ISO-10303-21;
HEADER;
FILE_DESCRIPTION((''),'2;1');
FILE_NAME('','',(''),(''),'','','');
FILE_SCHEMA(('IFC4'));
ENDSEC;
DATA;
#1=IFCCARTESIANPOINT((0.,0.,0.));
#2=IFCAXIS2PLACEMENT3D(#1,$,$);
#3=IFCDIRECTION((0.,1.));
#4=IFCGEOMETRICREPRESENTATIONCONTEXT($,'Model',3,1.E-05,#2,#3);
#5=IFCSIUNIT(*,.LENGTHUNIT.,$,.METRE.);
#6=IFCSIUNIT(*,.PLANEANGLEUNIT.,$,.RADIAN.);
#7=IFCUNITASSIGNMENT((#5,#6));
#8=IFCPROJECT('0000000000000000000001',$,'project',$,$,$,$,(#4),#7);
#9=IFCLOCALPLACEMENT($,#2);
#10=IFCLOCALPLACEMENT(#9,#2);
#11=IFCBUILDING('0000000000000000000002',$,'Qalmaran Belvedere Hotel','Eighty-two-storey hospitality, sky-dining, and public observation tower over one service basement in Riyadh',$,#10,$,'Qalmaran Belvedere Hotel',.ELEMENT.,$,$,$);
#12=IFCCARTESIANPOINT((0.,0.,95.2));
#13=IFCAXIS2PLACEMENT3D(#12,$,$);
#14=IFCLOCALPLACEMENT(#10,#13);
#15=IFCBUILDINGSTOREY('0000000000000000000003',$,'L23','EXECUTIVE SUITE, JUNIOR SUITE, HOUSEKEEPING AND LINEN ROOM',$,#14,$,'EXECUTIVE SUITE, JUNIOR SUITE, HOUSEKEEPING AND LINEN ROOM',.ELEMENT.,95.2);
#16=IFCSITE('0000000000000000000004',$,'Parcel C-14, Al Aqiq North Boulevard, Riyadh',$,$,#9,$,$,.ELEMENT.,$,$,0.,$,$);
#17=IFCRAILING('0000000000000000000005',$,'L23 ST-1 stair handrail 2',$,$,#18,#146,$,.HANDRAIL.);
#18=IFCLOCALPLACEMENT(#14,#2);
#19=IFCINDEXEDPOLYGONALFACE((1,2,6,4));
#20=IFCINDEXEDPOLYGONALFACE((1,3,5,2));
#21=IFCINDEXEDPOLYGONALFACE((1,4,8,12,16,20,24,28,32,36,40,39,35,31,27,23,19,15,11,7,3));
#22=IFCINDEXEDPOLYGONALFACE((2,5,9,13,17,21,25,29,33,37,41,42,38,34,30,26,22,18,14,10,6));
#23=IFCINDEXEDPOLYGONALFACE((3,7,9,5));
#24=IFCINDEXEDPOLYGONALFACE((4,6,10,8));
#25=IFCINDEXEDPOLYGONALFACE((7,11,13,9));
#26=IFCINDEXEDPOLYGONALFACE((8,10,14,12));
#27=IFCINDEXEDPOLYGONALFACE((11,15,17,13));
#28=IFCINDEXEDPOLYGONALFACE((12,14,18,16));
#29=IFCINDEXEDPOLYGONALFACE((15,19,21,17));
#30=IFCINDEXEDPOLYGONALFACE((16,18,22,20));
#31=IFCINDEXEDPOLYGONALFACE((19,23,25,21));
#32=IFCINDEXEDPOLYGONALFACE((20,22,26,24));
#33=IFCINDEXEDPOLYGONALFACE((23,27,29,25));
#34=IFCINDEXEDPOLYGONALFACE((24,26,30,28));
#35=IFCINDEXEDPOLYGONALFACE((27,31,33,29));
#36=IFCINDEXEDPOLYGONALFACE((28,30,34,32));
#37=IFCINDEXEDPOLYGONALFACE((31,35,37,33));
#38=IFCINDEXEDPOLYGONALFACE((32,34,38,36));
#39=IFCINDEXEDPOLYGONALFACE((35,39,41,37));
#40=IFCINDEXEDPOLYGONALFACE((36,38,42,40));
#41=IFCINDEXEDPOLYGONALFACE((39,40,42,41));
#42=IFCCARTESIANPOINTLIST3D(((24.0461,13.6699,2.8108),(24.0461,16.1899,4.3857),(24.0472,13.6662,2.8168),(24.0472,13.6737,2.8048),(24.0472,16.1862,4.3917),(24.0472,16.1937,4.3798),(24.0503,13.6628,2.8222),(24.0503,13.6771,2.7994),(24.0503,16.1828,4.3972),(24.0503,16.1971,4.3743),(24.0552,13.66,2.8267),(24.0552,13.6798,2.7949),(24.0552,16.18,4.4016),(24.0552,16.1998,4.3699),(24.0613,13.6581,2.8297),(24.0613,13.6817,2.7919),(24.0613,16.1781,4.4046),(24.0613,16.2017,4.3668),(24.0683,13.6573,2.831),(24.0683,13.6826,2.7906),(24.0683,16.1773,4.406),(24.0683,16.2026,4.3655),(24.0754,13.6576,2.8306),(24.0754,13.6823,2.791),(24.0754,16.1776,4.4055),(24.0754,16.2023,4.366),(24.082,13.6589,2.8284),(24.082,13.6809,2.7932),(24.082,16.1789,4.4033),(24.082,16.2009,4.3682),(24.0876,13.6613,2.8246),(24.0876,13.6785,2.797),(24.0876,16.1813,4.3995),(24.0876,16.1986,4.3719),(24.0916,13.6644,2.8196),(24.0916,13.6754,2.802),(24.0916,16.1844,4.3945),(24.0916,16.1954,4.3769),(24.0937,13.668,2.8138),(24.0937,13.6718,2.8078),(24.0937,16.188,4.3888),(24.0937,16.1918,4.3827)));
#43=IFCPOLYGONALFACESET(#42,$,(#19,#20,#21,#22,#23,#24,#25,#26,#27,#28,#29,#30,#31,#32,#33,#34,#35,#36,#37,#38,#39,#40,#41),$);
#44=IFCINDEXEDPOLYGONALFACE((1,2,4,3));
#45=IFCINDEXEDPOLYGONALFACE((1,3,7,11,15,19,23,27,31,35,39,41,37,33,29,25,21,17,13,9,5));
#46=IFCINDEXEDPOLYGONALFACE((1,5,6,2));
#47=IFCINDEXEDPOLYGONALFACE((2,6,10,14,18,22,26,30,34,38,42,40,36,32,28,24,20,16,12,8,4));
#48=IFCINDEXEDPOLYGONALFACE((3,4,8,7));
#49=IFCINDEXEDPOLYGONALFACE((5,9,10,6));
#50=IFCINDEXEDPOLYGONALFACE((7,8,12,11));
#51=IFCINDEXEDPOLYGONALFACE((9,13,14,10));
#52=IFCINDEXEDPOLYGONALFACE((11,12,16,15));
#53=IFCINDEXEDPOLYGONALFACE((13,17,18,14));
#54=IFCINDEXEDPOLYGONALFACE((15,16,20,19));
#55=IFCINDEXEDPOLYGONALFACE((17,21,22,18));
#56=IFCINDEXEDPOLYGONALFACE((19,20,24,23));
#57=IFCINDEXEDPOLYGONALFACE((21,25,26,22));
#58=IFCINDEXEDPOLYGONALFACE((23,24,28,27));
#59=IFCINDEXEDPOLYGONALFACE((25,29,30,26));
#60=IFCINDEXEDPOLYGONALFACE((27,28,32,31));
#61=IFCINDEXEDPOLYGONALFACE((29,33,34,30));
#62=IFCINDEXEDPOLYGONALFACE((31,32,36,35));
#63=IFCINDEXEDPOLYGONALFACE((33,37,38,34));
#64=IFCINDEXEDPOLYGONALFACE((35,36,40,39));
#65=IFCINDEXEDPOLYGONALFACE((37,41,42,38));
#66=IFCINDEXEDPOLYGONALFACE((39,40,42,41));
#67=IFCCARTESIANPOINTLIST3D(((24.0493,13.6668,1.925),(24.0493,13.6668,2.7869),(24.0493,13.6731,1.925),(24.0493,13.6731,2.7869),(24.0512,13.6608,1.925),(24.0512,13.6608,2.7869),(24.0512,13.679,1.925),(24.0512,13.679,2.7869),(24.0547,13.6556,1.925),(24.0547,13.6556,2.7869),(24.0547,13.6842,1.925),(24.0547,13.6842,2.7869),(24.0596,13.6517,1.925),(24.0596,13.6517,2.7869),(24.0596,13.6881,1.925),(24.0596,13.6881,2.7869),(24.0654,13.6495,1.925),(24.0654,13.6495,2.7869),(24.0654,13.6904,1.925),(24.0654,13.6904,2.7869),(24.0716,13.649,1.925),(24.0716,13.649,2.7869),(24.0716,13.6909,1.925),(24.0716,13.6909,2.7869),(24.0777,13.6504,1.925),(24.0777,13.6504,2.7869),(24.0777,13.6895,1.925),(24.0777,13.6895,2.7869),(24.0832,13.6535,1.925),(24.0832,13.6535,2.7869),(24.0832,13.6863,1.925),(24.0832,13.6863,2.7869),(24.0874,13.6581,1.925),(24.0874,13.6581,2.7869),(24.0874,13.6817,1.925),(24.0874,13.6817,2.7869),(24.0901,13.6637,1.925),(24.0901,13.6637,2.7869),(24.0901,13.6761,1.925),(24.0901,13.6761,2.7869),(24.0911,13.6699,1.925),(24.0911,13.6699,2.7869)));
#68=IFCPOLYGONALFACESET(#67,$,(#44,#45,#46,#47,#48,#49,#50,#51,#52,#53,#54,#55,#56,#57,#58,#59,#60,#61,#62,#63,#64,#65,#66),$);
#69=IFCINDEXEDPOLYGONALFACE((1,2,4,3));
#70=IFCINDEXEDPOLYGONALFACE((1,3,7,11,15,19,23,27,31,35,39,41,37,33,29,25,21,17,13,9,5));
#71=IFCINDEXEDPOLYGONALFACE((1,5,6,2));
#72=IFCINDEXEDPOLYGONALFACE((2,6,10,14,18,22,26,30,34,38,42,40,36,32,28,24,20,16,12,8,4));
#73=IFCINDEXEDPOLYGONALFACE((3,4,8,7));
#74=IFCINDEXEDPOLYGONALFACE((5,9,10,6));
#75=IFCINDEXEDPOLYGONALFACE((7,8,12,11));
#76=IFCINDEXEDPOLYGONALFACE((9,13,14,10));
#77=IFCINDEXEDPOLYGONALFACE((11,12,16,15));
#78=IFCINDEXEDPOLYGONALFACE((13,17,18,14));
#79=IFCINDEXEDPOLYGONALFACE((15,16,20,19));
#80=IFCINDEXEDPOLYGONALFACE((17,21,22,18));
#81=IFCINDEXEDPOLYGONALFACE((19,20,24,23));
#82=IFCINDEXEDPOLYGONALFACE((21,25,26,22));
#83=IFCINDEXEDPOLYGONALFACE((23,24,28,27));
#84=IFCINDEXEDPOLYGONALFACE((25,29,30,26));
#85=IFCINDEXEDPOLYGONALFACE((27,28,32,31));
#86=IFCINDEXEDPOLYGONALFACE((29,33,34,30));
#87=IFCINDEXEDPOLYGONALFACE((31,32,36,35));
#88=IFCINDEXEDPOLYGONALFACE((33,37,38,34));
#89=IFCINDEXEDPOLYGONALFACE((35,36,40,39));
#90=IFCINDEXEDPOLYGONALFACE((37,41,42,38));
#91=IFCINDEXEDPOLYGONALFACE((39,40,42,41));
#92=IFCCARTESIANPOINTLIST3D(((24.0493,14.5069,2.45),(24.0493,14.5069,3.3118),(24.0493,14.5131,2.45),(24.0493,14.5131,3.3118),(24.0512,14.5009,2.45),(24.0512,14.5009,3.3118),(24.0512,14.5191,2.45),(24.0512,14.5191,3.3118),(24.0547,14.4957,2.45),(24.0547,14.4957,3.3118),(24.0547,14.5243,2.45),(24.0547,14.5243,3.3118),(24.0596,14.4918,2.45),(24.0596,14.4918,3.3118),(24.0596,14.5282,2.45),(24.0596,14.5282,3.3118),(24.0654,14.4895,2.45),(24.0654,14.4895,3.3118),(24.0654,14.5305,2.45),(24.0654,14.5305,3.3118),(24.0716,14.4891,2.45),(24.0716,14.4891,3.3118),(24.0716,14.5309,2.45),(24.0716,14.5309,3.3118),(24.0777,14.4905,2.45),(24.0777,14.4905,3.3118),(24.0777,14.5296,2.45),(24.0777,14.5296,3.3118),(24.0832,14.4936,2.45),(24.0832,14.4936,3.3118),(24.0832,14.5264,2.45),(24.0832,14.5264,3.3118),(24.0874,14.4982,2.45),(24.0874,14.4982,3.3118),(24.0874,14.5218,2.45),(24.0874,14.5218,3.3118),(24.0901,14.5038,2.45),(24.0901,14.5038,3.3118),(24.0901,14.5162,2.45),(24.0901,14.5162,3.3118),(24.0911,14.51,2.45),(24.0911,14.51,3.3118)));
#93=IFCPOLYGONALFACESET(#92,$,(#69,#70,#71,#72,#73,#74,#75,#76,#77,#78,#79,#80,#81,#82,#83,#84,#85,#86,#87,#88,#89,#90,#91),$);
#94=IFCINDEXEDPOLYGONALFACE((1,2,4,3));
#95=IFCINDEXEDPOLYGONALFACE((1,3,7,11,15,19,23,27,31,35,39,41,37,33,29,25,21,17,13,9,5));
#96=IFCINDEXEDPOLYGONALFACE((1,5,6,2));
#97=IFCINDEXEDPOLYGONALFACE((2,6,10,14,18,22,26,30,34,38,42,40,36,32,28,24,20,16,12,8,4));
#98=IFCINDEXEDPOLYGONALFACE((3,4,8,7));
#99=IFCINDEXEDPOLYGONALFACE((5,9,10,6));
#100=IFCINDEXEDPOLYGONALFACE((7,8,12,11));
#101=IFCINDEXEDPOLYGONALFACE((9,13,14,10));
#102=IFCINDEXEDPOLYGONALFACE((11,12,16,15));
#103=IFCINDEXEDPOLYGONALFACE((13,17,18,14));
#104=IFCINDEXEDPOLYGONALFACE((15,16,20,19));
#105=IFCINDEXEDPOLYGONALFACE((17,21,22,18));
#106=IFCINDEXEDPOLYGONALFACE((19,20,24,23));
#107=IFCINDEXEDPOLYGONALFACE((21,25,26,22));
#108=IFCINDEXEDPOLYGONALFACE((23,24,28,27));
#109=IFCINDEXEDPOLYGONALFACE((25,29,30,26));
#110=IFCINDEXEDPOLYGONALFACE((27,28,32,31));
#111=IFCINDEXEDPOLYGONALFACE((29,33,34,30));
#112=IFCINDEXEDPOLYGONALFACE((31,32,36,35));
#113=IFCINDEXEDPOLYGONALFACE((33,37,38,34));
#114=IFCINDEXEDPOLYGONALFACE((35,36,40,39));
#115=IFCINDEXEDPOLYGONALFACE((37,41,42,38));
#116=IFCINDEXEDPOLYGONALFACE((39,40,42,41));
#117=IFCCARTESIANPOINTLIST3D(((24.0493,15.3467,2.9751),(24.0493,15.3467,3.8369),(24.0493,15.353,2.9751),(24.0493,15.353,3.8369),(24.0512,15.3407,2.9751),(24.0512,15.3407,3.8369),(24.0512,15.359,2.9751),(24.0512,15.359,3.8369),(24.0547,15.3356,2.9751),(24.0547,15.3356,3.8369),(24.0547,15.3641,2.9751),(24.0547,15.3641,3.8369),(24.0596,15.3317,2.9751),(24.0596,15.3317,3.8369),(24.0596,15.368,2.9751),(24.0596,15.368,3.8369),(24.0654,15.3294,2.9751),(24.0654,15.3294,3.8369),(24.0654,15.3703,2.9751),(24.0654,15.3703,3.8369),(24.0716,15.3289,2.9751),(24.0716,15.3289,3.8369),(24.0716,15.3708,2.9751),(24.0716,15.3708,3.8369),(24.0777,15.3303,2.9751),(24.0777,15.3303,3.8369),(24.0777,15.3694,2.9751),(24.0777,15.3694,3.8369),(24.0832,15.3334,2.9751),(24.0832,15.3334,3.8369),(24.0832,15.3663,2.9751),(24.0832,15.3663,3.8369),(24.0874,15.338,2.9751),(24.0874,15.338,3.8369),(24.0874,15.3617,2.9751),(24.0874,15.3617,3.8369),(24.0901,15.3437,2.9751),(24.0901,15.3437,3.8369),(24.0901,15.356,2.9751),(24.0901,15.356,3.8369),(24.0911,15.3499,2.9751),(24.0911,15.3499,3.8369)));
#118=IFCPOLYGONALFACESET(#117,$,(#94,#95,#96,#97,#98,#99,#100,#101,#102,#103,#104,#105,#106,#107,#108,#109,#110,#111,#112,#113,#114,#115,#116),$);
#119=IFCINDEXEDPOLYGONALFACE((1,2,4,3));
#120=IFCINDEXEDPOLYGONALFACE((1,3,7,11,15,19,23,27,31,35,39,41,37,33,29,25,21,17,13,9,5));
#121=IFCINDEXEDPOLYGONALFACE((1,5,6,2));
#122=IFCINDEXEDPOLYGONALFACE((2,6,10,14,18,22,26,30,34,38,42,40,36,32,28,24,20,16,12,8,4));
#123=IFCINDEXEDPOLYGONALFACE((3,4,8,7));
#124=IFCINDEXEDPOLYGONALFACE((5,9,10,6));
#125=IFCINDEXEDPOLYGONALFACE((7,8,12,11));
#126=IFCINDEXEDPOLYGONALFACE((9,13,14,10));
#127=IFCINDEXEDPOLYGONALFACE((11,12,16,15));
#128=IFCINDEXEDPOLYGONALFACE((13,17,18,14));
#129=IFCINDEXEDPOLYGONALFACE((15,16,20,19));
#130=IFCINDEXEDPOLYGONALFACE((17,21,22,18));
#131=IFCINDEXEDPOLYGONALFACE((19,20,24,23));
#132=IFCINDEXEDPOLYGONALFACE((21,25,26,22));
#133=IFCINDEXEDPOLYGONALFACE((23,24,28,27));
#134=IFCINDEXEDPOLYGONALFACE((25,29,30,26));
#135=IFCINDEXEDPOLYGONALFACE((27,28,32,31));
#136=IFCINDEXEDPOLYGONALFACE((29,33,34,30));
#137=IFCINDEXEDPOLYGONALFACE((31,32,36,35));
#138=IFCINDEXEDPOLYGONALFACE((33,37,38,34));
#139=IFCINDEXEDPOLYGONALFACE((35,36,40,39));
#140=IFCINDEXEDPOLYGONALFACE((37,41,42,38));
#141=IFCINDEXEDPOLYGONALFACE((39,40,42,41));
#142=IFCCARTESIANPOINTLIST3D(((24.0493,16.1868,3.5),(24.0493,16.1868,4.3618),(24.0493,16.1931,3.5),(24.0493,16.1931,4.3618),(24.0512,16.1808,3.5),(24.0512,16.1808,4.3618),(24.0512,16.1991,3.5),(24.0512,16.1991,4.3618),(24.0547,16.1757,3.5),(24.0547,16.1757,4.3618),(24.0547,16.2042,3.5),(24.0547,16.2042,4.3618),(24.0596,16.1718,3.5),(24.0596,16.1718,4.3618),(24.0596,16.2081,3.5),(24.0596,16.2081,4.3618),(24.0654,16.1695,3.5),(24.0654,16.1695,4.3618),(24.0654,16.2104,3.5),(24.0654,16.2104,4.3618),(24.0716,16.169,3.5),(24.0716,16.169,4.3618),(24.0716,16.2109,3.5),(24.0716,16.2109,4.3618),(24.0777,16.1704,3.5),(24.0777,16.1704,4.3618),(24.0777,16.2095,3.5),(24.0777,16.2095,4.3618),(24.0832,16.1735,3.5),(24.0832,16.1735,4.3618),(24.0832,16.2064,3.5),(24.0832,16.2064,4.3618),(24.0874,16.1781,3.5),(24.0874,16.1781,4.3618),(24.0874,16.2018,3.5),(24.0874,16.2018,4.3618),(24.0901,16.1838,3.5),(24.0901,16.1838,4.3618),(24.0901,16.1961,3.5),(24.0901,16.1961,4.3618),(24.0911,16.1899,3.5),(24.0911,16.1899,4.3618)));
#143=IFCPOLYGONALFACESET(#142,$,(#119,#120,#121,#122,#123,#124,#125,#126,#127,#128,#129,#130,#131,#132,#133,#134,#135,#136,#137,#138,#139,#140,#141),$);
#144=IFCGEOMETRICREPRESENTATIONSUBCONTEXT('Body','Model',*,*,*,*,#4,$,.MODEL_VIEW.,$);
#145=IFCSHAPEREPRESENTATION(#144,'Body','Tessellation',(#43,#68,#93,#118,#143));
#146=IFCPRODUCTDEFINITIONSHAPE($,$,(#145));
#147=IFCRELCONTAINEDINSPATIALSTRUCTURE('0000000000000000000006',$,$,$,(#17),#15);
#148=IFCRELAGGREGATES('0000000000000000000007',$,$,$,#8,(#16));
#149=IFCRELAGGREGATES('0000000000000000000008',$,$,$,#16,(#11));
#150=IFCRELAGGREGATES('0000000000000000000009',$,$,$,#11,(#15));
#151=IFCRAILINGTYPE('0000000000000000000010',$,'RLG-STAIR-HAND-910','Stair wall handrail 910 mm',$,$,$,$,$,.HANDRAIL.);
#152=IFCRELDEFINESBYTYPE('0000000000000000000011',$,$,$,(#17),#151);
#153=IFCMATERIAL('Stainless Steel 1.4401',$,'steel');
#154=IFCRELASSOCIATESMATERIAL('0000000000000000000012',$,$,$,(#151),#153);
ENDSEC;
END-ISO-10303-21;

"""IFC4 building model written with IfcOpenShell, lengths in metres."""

from ifc_helpers import new_model, si_unit, direction, frame, origin, origin_2d, place, context, subcontext, project, spatial, circle, extrude, material, type_object, element, save


model = new_model("IFC4")

# Units and contexts
model_context = context("Model", 3, precision=1e-05, world=origin(), true_north=direction((0.0, 1.0)))
body_context = subcontext(model_context, "Body", "Model", "MODEL_VIEW")
ifc_project = project(units=[si_unit("LENGTHUNIT", "METRE"), si_unit("PLANEANGLEUNIT", "RADIAN")], contexts=[model_context])

# Site, building, storey
site_placement = place(None, origin())
site = spatial("IfcSite", under=ifc_project, at=site_placement, Name="Parcel C-14, Al Aqiq North Boulevard, Riyadh", CompositionType="ELEMENT", RefElevation=0.0)
building_placement = place(site_placement, origin())
building = spatial("IfcBuilding", under=site, at=building_placement, Name="Qalmaran Belvedere Hotel", Description="Eighty-two-storey hospitality, sky-dining, and public observation tower over one service basement in Riyadh", LongName="Qalmaran Belvedere Hotel", CompositionType="ELEMENT")
storey_placement = place(building_placement, frame((0.0, 0.0, 95.2)))
storey = spatial("IfcBuildingStorey", under=building, at=storey_placement, Name="L23", Description="EXECUTIVE SUITE, JUNIOR SUITE, HOUSEKEEPING AND LINEN ROOM", LongName="EXECUTIVE SUITE, JUNIOR SUITE, HOUSEKEEPING AND LINEN ROOM", CompositionType="ELEMENT", Elevation=95.2)

# Railing
ifc_material_1 = material(Name="Stainless Steel 1.4401", Category="steel")
railing_type_1 = type_object("IfcRailingType", Name="RLG-STAIR-HAND-910", Description="Stair wall handrail 910 mm", PredefinedType="HANDRAIL", material=ifc_material_1)
railing_1_placement = place(storey_placement, frame((24.0701, 13.6699, 1.925)))
element("IfcRailing", 1, at=railing_1_placement, inside=storey, type_object=railing_type_1, Name="L23 ST-1 stair handrail 2", PredefinedType="HANDRAIL", context=body_context, shape_type="SweptSolid", body=[
    extrude(circle(Radius=0.0239, at=origin_2d()), frame((0.0, 0.0, 0.8857), z_axis=(0.0, 0.848008, 0.529984), x_axis=(-1.0, 0.0, 0.0)), (0.0, 0.0, 1.0), 2.9717),
    extrude(circle(Radius=0.021, at=origin_2d()), origin(), (0.0, 0.0, 1.0), 0.8618),
    extrude(circle(Radius=0.021, at=origin_2d()), frame((0.0, 0.8401, 0.5249)), (0.0, 0.0, 1.0), 0.8618),
    extrude(circle(Radius=0.021, at=origin_2d()), frame((0.0, 1.6799, 1.05)), (0.0, 0.0, 1.0), 0.8618),
    extrude(circle(Radius=0.021, at=origin_2d()), frame((0.0, 2.52, 1.575)), (0.0, 0.0, 1.0), 0.8618),
])

save(model, "model.ifc")
